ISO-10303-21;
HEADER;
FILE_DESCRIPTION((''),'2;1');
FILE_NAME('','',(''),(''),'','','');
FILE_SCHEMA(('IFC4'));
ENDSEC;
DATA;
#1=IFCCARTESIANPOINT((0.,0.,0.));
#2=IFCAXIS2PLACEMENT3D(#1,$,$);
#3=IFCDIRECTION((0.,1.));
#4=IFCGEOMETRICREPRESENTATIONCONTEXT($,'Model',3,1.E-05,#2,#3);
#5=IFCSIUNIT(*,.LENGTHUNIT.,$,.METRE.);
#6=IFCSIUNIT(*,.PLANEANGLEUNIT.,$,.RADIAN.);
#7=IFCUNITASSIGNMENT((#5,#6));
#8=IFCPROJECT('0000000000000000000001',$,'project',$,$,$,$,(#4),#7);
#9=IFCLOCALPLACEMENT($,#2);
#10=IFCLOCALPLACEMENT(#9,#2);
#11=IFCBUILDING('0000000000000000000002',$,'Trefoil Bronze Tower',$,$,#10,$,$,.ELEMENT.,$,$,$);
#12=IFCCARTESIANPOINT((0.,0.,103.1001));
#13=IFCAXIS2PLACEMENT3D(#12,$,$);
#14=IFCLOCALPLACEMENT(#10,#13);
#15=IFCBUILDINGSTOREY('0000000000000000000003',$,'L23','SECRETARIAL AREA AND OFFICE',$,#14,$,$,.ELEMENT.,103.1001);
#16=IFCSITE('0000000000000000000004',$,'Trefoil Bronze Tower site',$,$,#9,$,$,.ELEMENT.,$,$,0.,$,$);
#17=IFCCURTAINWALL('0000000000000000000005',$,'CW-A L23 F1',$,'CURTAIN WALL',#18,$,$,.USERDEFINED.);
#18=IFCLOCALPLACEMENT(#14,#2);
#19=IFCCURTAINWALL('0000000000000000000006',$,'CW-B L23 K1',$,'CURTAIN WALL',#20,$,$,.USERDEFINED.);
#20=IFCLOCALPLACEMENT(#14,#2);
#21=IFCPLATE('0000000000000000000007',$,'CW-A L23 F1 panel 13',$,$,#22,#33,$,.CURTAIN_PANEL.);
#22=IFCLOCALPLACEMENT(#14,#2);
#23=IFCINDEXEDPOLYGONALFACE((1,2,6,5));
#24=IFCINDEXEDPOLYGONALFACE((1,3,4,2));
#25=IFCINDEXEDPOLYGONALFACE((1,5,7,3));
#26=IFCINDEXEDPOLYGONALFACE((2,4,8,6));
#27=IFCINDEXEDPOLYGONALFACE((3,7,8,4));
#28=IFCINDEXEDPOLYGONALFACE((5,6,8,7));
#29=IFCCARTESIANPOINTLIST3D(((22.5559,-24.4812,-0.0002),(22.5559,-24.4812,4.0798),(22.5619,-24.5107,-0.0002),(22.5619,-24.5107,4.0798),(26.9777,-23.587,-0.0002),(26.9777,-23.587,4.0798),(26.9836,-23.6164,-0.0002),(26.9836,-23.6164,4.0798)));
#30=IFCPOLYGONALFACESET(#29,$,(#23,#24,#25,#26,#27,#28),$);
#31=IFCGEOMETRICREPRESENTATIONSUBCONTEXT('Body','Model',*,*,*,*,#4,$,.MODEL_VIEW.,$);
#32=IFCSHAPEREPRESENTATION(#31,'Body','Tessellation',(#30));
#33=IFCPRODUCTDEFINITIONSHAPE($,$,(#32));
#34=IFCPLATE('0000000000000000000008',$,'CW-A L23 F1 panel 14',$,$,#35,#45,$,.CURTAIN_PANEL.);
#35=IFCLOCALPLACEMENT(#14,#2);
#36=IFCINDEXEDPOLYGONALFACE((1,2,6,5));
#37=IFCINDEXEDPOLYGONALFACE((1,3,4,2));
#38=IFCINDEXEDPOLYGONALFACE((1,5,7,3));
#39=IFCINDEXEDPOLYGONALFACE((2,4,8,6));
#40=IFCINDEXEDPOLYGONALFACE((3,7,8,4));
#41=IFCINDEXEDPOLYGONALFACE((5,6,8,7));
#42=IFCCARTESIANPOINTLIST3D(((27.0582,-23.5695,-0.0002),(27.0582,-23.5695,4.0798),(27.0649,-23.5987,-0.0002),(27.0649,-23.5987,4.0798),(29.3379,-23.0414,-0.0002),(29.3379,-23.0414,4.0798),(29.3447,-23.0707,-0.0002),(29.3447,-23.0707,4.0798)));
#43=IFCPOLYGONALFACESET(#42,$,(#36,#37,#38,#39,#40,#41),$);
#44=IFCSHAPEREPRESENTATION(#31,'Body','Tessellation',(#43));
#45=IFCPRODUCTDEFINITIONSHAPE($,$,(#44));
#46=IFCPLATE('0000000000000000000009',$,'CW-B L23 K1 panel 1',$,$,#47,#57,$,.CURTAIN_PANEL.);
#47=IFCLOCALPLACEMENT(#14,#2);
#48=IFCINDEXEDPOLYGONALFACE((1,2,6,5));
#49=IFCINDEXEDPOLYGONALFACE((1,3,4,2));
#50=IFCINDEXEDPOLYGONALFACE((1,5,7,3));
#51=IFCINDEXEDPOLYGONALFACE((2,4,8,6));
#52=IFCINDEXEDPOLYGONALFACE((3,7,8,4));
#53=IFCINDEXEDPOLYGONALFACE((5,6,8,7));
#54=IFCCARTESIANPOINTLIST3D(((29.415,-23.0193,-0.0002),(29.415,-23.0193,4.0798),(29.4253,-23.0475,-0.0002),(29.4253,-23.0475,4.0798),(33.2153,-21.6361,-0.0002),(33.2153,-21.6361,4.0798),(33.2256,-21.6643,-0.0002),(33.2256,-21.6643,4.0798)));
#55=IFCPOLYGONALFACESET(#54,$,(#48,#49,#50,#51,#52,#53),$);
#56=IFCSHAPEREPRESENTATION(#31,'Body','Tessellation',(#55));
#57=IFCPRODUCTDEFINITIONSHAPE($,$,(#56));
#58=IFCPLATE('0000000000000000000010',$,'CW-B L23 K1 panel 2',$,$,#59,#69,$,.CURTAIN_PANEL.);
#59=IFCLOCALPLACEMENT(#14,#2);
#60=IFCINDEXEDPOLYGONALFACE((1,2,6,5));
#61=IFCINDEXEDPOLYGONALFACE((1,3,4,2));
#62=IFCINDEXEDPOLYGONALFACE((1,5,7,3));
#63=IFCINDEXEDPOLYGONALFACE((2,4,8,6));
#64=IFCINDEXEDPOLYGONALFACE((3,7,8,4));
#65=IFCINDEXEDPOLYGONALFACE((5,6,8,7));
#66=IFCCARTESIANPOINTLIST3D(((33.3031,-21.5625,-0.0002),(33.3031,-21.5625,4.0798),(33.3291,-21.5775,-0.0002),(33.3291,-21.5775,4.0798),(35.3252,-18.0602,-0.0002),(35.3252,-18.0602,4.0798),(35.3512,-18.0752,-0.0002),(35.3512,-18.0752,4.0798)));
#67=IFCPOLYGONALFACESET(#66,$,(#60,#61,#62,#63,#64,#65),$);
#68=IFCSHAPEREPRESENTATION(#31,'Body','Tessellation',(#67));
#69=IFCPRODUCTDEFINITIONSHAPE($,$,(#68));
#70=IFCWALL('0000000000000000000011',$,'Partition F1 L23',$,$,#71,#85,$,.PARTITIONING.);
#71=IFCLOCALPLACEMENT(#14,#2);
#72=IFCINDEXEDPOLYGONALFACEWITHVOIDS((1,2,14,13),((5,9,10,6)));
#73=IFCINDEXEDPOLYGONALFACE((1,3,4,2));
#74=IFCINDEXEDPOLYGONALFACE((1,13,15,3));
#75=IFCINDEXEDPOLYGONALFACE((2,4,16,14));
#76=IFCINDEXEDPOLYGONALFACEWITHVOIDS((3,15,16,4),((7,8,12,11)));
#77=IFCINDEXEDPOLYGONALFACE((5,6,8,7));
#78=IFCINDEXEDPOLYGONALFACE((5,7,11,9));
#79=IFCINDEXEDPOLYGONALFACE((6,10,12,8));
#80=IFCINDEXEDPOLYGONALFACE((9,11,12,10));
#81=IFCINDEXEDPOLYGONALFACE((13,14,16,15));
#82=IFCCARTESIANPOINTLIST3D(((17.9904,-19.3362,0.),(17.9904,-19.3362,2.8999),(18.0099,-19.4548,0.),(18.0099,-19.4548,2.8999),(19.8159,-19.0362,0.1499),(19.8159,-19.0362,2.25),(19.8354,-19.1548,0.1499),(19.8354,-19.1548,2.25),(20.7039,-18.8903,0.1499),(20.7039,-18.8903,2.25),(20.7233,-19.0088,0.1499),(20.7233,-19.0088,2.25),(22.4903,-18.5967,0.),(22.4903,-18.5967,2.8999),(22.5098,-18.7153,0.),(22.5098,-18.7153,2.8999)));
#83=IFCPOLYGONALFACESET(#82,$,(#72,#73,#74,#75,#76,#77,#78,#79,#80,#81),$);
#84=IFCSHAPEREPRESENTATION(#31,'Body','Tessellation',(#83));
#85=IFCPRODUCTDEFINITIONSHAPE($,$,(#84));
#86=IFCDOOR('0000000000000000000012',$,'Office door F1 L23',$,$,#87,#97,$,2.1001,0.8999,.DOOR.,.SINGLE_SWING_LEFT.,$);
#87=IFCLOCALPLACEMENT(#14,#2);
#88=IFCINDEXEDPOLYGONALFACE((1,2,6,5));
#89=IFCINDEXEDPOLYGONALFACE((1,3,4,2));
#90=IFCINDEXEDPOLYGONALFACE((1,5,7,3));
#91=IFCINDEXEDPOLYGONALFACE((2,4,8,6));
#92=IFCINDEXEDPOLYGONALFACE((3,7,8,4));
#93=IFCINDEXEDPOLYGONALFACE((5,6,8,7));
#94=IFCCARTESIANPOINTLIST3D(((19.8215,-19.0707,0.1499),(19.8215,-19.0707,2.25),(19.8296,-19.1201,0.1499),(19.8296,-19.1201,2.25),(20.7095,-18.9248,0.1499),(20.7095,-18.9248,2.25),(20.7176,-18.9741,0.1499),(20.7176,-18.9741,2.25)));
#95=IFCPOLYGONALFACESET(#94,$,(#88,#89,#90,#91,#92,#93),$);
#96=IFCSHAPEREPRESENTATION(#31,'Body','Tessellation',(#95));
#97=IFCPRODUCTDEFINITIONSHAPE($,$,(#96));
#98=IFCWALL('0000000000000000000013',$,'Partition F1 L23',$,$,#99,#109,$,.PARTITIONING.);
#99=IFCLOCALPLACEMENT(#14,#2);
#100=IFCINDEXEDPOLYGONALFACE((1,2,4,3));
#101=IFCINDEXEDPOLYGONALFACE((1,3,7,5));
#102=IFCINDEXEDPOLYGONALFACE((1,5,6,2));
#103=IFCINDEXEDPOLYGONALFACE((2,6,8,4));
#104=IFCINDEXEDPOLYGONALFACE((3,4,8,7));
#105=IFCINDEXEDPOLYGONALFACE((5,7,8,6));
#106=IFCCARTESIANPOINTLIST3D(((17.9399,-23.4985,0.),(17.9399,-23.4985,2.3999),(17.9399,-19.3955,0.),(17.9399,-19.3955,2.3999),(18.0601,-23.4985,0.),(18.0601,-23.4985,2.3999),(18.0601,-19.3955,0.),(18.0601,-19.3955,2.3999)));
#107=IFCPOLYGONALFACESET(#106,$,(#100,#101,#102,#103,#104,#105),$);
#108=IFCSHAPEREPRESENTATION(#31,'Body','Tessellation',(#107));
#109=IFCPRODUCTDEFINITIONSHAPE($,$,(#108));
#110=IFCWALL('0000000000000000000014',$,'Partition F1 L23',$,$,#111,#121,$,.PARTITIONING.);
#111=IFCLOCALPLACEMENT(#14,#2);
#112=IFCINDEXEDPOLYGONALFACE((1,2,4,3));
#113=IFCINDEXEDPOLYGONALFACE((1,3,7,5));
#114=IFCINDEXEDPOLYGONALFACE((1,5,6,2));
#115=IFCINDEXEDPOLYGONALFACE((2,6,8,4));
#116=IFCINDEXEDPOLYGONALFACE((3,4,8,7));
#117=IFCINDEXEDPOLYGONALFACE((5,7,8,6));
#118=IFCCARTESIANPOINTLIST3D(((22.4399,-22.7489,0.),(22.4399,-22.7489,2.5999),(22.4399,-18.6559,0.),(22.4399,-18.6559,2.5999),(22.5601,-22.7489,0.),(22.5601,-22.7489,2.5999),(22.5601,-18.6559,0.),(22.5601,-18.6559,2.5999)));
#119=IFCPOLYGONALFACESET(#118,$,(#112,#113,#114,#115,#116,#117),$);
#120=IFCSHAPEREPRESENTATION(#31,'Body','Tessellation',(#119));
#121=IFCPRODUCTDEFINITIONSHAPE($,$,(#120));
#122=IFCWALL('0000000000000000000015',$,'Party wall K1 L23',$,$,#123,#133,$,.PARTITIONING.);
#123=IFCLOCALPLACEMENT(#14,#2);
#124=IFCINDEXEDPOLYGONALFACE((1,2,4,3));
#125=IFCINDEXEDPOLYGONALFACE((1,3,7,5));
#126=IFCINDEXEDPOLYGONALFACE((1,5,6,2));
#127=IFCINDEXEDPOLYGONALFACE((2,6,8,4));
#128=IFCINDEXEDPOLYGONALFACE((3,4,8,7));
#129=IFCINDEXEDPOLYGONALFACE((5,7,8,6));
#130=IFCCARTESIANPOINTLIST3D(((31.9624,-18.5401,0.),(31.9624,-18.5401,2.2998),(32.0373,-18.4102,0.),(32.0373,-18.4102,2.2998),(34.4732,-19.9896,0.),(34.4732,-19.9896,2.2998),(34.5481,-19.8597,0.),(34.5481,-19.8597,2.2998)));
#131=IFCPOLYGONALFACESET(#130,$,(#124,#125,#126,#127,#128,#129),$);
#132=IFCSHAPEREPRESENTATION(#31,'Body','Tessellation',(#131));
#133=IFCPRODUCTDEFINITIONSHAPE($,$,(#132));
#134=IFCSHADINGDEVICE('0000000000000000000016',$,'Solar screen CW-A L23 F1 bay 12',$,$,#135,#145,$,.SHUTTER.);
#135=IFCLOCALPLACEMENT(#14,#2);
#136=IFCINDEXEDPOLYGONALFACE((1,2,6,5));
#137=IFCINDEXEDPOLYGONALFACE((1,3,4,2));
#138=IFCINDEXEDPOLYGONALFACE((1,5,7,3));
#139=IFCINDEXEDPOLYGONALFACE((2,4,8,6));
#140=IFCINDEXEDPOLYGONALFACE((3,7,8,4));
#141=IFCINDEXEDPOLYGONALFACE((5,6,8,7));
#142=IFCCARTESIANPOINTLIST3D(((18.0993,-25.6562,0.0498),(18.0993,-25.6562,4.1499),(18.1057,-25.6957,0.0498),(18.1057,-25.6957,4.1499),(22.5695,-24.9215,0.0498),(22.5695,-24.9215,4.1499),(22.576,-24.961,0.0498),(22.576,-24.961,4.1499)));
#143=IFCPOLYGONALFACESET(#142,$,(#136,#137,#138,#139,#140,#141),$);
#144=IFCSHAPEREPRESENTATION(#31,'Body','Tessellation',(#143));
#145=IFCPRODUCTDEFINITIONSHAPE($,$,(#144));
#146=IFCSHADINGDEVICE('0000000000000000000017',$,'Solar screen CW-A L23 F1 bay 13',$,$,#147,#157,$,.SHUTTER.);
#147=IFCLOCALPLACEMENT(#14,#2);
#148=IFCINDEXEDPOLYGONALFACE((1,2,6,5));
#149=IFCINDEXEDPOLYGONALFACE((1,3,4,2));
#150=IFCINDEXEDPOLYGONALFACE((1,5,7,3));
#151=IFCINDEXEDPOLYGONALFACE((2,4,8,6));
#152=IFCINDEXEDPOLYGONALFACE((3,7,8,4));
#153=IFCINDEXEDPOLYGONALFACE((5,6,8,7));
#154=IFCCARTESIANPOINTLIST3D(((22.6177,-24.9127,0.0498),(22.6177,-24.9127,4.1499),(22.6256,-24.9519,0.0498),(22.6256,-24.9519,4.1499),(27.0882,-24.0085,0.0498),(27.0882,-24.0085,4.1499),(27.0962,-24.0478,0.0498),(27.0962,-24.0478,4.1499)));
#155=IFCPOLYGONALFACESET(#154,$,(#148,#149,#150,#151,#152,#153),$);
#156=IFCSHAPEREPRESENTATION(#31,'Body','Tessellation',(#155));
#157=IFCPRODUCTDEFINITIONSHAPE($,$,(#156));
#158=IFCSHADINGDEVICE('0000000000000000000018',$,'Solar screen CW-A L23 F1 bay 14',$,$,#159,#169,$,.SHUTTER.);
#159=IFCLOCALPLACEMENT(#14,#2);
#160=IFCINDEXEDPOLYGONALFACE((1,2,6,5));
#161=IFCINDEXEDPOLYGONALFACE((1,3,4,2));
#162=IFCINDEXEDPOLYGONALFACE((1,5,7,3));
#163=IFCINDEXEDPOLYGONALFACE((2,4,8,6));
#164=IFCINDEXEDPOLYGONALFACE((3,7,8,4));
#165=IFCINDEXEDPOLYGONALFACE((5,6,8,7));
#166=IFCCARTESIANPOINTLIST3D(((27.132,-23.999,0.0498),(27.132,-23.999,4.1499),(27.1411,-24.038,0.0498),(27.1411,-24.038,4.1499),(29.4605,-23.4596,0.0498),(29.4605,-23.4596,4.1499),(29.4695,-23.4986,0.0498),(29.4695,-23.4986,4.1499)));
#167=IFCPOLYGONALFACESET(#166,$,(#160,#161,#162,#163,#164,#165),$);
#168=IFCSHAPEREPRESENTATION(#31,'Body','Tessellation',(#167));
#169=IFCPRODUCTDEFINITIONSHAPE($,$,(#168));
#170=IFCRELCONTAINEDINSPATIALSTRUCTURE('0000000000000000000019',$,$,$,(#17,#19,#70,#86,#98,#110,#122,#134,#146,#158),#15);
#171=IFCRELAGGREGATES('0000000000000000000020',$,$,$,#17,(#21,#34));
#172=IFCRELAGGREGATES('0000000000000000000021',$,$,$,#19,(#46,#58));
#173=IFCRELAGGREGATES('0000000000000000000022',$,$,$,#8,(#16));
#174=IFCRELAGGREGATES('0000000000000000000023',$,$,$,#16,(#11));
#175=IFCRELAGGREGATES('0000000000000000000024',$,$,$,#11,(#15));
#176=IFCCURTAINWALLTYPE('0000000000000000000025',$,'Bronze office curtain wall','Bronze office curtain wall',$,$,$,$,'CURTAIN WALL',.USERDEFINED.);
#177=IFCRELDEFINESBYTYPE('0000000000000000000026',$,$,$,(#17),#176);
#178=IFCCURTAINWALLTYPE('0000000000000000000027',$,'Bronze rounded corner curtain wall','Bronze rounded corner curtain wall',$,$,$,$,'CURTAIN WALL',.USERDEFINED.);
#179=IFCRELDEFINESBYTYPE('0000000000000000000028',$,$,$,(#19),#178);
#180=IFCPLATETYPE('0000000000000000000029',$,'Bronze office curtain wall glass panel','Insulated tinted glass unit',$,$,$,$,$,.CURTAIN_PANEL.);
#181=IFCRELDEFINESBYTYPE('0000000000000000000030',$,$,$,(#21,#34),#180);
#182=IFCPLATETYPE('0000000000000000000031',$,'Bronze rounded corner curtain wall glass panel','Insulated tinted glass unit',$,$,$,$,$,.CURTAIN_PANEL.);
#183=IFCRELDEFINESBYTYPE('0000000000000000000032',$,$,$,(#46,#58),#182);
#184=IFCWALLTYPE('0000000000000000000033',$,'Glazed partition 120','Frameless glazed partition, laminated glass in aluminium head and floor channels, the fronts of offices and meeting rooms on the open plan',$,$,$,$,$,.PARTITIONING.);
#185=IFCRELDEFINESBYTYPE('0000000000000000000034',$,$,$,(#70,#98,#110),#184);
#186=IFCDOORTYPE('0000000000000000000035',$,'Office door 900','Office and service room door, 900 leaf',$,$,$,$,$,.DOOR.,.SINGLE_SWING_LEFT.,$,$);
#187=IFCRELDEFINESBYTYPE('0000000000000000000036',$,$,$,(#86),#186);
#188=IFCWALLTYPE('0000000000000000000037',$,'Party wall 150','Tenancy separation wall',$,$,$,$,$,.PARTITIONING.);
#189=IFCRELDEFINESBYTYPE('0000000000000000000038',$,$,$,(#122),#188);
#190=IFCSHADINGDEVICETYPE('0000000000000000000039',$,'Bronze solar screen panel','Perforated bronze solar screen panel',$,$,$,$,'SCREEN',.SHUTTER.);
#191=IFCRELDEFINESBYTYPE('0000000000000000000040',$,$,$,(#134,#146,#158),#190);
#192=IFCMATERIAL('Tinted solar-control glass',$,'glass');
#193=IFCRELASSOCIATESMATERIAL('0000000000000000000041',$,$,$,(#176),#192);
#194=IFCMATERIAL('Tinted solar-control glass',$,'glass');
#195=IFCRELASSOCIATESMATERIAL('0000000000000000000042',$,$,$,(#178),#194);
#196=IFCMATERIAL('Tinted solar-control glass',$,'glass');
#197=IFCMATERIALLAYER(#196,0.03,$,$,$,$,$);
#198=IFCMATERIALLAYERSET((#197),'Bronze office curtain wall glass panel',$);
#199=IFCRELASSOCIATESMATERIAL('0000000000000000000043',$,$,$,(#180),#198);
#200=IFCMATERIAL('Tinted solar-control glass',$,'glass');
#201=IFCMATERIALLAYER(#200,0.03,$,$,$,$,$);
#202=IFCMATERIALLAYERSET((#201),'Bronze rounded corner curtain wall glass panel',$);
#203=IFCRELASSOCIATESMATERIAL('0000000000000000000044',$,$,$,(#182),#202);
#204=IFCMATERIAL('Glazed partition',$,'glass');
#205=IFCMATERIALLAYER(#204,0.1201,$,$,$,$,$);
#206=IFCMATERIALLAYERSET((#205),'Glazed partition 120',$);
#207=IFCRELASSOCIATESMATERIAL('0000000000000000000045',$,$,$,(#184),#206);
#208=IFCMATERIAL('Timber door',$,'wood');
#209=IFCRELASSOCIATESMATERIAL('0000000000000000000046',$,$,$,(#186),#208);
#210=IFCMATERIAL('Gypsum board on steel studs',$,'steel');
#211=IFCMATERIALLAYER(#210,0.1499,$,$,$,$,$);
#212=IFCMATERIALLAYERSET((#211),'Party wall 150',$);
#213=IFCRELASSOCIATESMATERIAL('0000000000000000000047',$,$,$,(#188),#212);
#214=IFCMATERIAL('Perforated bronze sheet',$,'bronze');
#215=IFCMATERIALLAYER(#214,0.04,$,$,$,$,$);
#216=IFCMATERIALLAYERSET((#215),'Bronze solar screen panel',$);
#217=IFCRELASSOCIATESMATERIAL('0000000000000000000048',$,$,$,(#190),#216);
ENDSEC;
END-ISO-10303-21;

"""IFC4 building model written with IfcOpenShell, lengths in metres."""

from ifc_helpers import new_model, si_unit, direction, frame, frame_2d, origin, origin_2d, place, context, subcontext, project, spatial, rectangle, extrude, material, layer, layer_set, type_object, element, fill, aggregate, save


model = new_model("IFC4")

# Units and contexts
model_context = context("Model", 3, precision=1e-05, world=origin(), true_north=direction((0.0, 1.0)))
body_context = subcontext(model_context, "Body", "Model", "MODEL_VIEW")
ifc_project = project(units=[si_unit("LENGTHUNIT", "METRE"), si_unit("PLANEANGLEUNIT", "RADIAN")], contexts=[model_context])

# Site, building, storey
site_placement = place(None, origin())
site = spatial("IfcSite", under=ifc_project, at=site_placement, Name="Trefoil Bronze Tower site", CompositionType="ELEMENT", RefElevation=0.0)
building_placement = place(site_placement, origin())
building = spatial("IfcBuilding", under=site, at=building_placement, Name="Trefoil Bronze Tower", CompositionType="ELEMENT")
storey_placement = place(building_placement, frame((0.0, 0.0, 103.1001)))
storey = spatial("IfcBuildingStorey", under=building, at=storey_placement, Name="L23", Description="SECRETARIAL AREA AND OFFICE", CompositionType="ELEMENT", Elevation=103.1001)

# Curtain walls
ifc_material_1 = material(Name="Tinted solar-control glass", Category="glass")
curtain_wall_type_1 = type_object("IfcCurtainWallType", Name="Bronze office curtain wall", Description="Bronze office curtain wall", ElementType="CURTAIN WALL", PredefinedType="USERDEFINED", material=ifc_material_1)
curtain_wall_1_placement = place(storey_placement, origin())
curtain_wall_1 = element("IfcCurtainWall", 1, at=curtain_wall_1_placement, inside=storey, type_object=curtain_wall_type_1, Name="CW-A L23 F1", ObjectType="CURTAIN WALL", PredefinedType="USERDEFINED")
ifc_material_2 = material(Name="Tinted solar-control glass", Category="glass")
curtain_wall_type_2 = type_object("IfcCurtainWallType", Name="Bronze rounded corner curtain wall", Description="Bronze rounded corner curtain wall", ElementType="CURTAIN WALL", PredefinedType="USERDEFINED", material=ifc_material_2)
curtain_wall_2_placement = place(storey_placement, origin())
curtain_wall_2 = element("IfcCurtainWall", 2, at=curtain_wall_2_placement, inside=storey, type_object=curtain_wall_type_2, Name="CW-B L23 K1", ObjectType="CURTAIN WALL", PredefinedType="USERDEFINED")

# Plates
ifc_material_3 = material(Name="Tinted solar-control glass", Category="glass")
ifc_layer_1 = layer(ifc_material_3, 0.03)
ifc_layer_set_1 = layer_set([ifc_layer_1], Name="Bronze office curtain wall glass panel")
plate_type_1 = type_object("IfcPlateType", Name="Bronze office curtain wall glass panel", Description="Insulated tinted glass unit", PredefinedType="CURTAIN_PANEL", material=ifc_layer_set_1)
plate_1_placement = place(storey_placement, frame((24.7698, -24.0488, -0.0002), z_axis=(0.0, 0.0, 1.0), x_axis=(0.980155, 0.198232, 0.0)))
plate_1 = element("IfcPlate", 3, at=plate_1_placement, type_object=plate_type_1, Name="CW-A L23 F1 panel 13", PredefinedType="CURTAIN_PANEL", context=body_context, shape_type="SweptSolid", body=[
    extrude(rectangle(XDim=4.5112, YDim=0.03, at=origin_2d()), origin(), (0.0, 0.0, 1.0), 4.0801),
])
plate_2_placement = place(storey_placement, frame((28.2014, -23.3201, -0.0002), z_axis=(0.0, 0.0, 1.0), x_axis=(0.974204, 0.225667, 0.0)))
plate_2 = element("IfcPlate", 4, at=plate_2_placement, type_object=plate_type_1, Name="CW-A L23 F1 panel 14", PredefinedType="CURTAIN_PANEL", context=body_context, shape_type="SweptSolid", body=[
    extrude(rectangle(XDim=2.3401, YDim=0.03, at=origin_2d()), origin(), (0.0, 0.0, 1.0), 4.0801),
])
aggregate(curtain_wall_1, [plate_1, plate_2])
ifc_material_4 = material(Name="Tinted solar-control glass", Category="glass")
ifc_layer_2 = layer(ifc_material_4, 0.03)
ifc_layer_set_2 = layer_set([ifc_layer_2], Name="Bronze rounded corner curtain wall glass panel")
plate_type_2 = type_object("IfcPlateType", Name="Bronze rounded corner curtain wall glass panel", Description="Insulated tinted glass unit", PredefinedType="CURTAIN_PANEL", material=ifc_layer_set_2)
plate_3_placement = place(storey_placement, frame((31.3203, -22.3418, -0.0002), z_axis=(0.0, 0.0, 1.0), x_axis=(0.939693, 0.34202, 0.0)))
plate_3 = element("IfcPlate", 5, at=plate_3_placement, type_object=plate_type_2, Name="CW-B L23 K1 panel 1", PredefinedType="CURTAIN_PANEL", context=body_context, shape_type="SweptSolid", body=[
    extrude(rectangle(XDim=4.0442, YDim=0.03, at=origin_2d()), origin(), (0.0, 0.0, 1.0), 4.0801),
])
plate_4_placement = place(storey_placement, frame((34.3271, -19.8188, -0.0002), z_axis=(0.0, 0.0, 1.0), x_axis=(0.5, 0.866025, 0.0)))
plate_4 = element("IfcPlate", 6, at=plate_4_placement, type_object=plate_type_2, Name="CW-B L23 K1 panel 2", PredefinedType="CURTAIN_PANEL", context=body_context, shape_type="SweptSolid", body=[
    extrude(rectangle(XDim=4.0442, YDim=0.03, at=origin_2d()), origin(), (0.0, 0.0, 1.0), 4.0801),
])
aggregate(curtain_wall_2, [plate_3, plate_4])

# Wall, opening, door
ifc_material_5 = material(Name="Glazed partition", Category="glass")
ifc_layer_3 = layer(ifc_material_5, 0.1201)
ifc_layer_set_3 = layer_set([ifc_layer_3], Name="Glazed partition 120")
wall_type_1 = type_object("IfcWallType", Name="Glazed partition 120", Description="Frameless glazed partition, laminated glass in aluminium head and floor channels, the fronts of offices and meeting rooms on the open plan", PredefinedType="PARTITIONING", material=ifc_layer_set_3)
wall_1_placement = place(storey_placement, frame((18.0, -19.3955, 0.0), z_axis=(0.0, 0.0, 1.0), x_axis=(0.986765, 0.162159, 0.0)))
wall_1 = element("IfcWall", 7, at=wall_1_placement, inside=storey, type_object=wall_type_1, Name="Partition F1 L23", PredefinedType="PARTITIONING", context=body_context, shape_type="SweptSolid", body=[
    extrude(rectangle(XDim=4.5603, YDim=0.1201, at=frame_2d((2.2803, 0.0))), origin(), (0.0, 0.0, 1.0), 2.8999),
])
opening_placement = place(wall_1_placement, frame((1.8501, 0.0, 0.1499)))
opening = element("IfcOpeningElement", 8, at=opening_placement, cuts=wall_1, PredefinedType="OPENING", context=body_context, shape_type="SweptSolid", body=[
    extrude(rectangle(XDim=0.8999, YDim=2.1001, at=frame_2d((0.45, 1.05))), frame((0.0, 0.0701, 0.0), z_axis=(0.0, -1.0, 0.0), x_axis=(1.0, 0.0, 0.0)), (0.0, 0.0, 1.0), 0.1401),
])
ifc_material_6 = material(Name="Timber door", Category="wood")
door_type = type_object("IfcDoorType", Name="Office door 900", Description="Office and service room door, 900 leaf", OperationType="SINGLE_SWING_LEFT", PredefinedType="DOOR", material=ifc_material_6)
door_placement = place(opening_placement, frame((0.8999, 0.0, 0.0), z_axis=(0.0, 0.0, 1.0), x_axis=(-1.0, 0.0, 0.0)))
door = element("IfcDoor", 9, at=door_placement, inside=storey, type_object=door_type, Name="Office door F1 L23", OperationType="SINGLE_SWING_LEFT", OverallHeight=2.1001, OverallWidth=0.8999, PredefinedType="DOOR", context=body_context, shape_type="SweptSolid", body=[
    extrude(rectangle(XDim=0.8999, YDim=2.1001, at=frame_2d((0.45, 1.05))), frame((0.0, 0.0249, 0.0), z_axis=(0.0, -1.0, 0.0), x_axis=(1.0, 0.0, 0.0)), (0.0, 0.0, 1.0), 0.05),
])
fill(opening, door)

# Walls
wall_2_placement = place(storey_placement, frame((18.0, -19.3955, 0.0), z_axis=(0.0, 0.0, 1.0), x_axis=(0.0, -1.0, 0.0)))
element("IfcWall", 10, at=wall_2_placement, inside=storey, type_object=wall_type_1, Name="Partition F1 L23", PredefinedType="PARTITIONING", context=body_context, shape_type="SweptSolid", body=[
    extrude(rectangle(XDim=4.103, YDim=0.1201, at=frame_2d((2.0515, 0.0))), origin(), (0.0, 0.0, 1.0), 2.3999),
])
wall_3_placement = place(storey_placement, frame((22.5, -18.656, 0.0), z_axis=(0.0, 0.0, 1.0), x_axis=(0.0, -1.0, 0.0)))
element("IfcWall", 11, at=wall_3_placement, inside=storey, type_object=wall_type_1, Name="Partition F1 L23", PredefinedType="PARTITIONING", context=body_context, shape_type="SweptSolid", body=[
    extrude(rectangle(XDim=4.093, YDim=0.1201, at=frame_2d((2.0464, 0.0))), origin(), (0.0, 0.0, 1.0), 2.5999),
])
ifc_material_7 = material(Name="Gypsum board on steel studs", Category="steel")
ifc_layer_4 = layer(ifc_material_7, 0.1499)
ifc_layer_set_4 = layer_set([ifc_layer_4], Name="Party wall 150")
wall_type_2 = type_object("IfcWallType", Name="Party wall 150", Description="Tenancy separation wall", PredefinedType="PARTITIONING", material=ifc_layer_set_4)
wall_4_placement = place(storey_placement, frame((31.9998, -18.4751, 0.0), z_axis=(0.0, 0.0, 1.0), x_axis=(0.866043, -0.49997, 0.0)))
element("IfcWall", 12, at=wall_4_placement, inside=storey, type_object=wall_type_2, Name="Party wall K1 L23", PredefinedType="PARTITIONING", context=body_context, shape_type="SweptSolid", body=[
    extrude(rectangle(XDim=2.8992, YDim=0.1499, at=frame_2d((1.4497, 0.0))), origin(), (0.0, 0.0, 1.0), 2.2998),
])

# Shading devices
ifc_material_8 = material(Name="Perforated bronze sheet", Category="bronze")
ifc_layer_5 = layer(ifc_material_8, 0.04)
ifc_layer_set_5 = layer_set([ifc_layer_5], Name="Bronze solar screen panel")
shading_device_type = type_object("IfcShadingDeviceType", Name="Bronze solar screen panel", Description="Perforated bronze solar screen panel", ElementType="SCREEN", PredefinedType="SHUTTER", material=ifc_layer_set_5)
shading_device_1_placement = place(storey_placement, frame((20.3376, -25.3086, 0.0498), z_axis=(0.0, 0.0, 1.0), x_axis=(0.98676, 0.162189, 0.0)))
element("IfcShadingDevice", 13, at=shading_device_1_placement, inside=storey, type_object=shading_device_type, Name="Solar screen CW-A L23 F1 bay 12", PredefinedType="SHUTTER", context=body_context, shape_type="SweptSolid", body=[
    extrude(rectangle(XDim=4.5303, YDim=0.04, at=origin_2d()), origin(), (0.0, 0.0, 1.0), 4.1001),
])
shading_device_2_placement = place(storey_placement, frame((24.8569, -24.4802, 0.0498), z_axis=(0.0, 0.0, 1.0), x_axis=(0.980155, 0.198232, 0.0)))
element("IfcShadingDevice", 14, at=shading_device_2_placement, inside=storey, type_object=shading_device_type, Name="Solar screen CW-A L23 F1 bay 13", PredefinedType="SHUTTER", context=body_context, shape_type="SweptSolid", body=[
    extrude(rectangle(XDim=4.561, YDim=0.04, at=origin_2d()), origin(), (0.0, 0.0, 1.0), 4.1001),
])
shading_device_3_placement = place(storey_placement, frame((28.3008, -23.7488, 0.0498), z_axis=(0.0, 0.0, 1.0), x_axis=(0.974204, 0.225667, 0.0)))
element("IfcShadingDevice", 15, at=shading_device_3_placement, inside=storey, type_object=shading_device_type, Name="Solar screen CW-A L23 F1 bay 14", PredefinedType="SHUTTER", context=body_context, shape_type="SweptSolid", body=[
    extrude(rectangle(XDim=2.3901, YDim=0.04, at=origin_2d()), origin(), (0.0, 0.0, 1.0), 4.1001),
])

save(model, "model.ifc")
